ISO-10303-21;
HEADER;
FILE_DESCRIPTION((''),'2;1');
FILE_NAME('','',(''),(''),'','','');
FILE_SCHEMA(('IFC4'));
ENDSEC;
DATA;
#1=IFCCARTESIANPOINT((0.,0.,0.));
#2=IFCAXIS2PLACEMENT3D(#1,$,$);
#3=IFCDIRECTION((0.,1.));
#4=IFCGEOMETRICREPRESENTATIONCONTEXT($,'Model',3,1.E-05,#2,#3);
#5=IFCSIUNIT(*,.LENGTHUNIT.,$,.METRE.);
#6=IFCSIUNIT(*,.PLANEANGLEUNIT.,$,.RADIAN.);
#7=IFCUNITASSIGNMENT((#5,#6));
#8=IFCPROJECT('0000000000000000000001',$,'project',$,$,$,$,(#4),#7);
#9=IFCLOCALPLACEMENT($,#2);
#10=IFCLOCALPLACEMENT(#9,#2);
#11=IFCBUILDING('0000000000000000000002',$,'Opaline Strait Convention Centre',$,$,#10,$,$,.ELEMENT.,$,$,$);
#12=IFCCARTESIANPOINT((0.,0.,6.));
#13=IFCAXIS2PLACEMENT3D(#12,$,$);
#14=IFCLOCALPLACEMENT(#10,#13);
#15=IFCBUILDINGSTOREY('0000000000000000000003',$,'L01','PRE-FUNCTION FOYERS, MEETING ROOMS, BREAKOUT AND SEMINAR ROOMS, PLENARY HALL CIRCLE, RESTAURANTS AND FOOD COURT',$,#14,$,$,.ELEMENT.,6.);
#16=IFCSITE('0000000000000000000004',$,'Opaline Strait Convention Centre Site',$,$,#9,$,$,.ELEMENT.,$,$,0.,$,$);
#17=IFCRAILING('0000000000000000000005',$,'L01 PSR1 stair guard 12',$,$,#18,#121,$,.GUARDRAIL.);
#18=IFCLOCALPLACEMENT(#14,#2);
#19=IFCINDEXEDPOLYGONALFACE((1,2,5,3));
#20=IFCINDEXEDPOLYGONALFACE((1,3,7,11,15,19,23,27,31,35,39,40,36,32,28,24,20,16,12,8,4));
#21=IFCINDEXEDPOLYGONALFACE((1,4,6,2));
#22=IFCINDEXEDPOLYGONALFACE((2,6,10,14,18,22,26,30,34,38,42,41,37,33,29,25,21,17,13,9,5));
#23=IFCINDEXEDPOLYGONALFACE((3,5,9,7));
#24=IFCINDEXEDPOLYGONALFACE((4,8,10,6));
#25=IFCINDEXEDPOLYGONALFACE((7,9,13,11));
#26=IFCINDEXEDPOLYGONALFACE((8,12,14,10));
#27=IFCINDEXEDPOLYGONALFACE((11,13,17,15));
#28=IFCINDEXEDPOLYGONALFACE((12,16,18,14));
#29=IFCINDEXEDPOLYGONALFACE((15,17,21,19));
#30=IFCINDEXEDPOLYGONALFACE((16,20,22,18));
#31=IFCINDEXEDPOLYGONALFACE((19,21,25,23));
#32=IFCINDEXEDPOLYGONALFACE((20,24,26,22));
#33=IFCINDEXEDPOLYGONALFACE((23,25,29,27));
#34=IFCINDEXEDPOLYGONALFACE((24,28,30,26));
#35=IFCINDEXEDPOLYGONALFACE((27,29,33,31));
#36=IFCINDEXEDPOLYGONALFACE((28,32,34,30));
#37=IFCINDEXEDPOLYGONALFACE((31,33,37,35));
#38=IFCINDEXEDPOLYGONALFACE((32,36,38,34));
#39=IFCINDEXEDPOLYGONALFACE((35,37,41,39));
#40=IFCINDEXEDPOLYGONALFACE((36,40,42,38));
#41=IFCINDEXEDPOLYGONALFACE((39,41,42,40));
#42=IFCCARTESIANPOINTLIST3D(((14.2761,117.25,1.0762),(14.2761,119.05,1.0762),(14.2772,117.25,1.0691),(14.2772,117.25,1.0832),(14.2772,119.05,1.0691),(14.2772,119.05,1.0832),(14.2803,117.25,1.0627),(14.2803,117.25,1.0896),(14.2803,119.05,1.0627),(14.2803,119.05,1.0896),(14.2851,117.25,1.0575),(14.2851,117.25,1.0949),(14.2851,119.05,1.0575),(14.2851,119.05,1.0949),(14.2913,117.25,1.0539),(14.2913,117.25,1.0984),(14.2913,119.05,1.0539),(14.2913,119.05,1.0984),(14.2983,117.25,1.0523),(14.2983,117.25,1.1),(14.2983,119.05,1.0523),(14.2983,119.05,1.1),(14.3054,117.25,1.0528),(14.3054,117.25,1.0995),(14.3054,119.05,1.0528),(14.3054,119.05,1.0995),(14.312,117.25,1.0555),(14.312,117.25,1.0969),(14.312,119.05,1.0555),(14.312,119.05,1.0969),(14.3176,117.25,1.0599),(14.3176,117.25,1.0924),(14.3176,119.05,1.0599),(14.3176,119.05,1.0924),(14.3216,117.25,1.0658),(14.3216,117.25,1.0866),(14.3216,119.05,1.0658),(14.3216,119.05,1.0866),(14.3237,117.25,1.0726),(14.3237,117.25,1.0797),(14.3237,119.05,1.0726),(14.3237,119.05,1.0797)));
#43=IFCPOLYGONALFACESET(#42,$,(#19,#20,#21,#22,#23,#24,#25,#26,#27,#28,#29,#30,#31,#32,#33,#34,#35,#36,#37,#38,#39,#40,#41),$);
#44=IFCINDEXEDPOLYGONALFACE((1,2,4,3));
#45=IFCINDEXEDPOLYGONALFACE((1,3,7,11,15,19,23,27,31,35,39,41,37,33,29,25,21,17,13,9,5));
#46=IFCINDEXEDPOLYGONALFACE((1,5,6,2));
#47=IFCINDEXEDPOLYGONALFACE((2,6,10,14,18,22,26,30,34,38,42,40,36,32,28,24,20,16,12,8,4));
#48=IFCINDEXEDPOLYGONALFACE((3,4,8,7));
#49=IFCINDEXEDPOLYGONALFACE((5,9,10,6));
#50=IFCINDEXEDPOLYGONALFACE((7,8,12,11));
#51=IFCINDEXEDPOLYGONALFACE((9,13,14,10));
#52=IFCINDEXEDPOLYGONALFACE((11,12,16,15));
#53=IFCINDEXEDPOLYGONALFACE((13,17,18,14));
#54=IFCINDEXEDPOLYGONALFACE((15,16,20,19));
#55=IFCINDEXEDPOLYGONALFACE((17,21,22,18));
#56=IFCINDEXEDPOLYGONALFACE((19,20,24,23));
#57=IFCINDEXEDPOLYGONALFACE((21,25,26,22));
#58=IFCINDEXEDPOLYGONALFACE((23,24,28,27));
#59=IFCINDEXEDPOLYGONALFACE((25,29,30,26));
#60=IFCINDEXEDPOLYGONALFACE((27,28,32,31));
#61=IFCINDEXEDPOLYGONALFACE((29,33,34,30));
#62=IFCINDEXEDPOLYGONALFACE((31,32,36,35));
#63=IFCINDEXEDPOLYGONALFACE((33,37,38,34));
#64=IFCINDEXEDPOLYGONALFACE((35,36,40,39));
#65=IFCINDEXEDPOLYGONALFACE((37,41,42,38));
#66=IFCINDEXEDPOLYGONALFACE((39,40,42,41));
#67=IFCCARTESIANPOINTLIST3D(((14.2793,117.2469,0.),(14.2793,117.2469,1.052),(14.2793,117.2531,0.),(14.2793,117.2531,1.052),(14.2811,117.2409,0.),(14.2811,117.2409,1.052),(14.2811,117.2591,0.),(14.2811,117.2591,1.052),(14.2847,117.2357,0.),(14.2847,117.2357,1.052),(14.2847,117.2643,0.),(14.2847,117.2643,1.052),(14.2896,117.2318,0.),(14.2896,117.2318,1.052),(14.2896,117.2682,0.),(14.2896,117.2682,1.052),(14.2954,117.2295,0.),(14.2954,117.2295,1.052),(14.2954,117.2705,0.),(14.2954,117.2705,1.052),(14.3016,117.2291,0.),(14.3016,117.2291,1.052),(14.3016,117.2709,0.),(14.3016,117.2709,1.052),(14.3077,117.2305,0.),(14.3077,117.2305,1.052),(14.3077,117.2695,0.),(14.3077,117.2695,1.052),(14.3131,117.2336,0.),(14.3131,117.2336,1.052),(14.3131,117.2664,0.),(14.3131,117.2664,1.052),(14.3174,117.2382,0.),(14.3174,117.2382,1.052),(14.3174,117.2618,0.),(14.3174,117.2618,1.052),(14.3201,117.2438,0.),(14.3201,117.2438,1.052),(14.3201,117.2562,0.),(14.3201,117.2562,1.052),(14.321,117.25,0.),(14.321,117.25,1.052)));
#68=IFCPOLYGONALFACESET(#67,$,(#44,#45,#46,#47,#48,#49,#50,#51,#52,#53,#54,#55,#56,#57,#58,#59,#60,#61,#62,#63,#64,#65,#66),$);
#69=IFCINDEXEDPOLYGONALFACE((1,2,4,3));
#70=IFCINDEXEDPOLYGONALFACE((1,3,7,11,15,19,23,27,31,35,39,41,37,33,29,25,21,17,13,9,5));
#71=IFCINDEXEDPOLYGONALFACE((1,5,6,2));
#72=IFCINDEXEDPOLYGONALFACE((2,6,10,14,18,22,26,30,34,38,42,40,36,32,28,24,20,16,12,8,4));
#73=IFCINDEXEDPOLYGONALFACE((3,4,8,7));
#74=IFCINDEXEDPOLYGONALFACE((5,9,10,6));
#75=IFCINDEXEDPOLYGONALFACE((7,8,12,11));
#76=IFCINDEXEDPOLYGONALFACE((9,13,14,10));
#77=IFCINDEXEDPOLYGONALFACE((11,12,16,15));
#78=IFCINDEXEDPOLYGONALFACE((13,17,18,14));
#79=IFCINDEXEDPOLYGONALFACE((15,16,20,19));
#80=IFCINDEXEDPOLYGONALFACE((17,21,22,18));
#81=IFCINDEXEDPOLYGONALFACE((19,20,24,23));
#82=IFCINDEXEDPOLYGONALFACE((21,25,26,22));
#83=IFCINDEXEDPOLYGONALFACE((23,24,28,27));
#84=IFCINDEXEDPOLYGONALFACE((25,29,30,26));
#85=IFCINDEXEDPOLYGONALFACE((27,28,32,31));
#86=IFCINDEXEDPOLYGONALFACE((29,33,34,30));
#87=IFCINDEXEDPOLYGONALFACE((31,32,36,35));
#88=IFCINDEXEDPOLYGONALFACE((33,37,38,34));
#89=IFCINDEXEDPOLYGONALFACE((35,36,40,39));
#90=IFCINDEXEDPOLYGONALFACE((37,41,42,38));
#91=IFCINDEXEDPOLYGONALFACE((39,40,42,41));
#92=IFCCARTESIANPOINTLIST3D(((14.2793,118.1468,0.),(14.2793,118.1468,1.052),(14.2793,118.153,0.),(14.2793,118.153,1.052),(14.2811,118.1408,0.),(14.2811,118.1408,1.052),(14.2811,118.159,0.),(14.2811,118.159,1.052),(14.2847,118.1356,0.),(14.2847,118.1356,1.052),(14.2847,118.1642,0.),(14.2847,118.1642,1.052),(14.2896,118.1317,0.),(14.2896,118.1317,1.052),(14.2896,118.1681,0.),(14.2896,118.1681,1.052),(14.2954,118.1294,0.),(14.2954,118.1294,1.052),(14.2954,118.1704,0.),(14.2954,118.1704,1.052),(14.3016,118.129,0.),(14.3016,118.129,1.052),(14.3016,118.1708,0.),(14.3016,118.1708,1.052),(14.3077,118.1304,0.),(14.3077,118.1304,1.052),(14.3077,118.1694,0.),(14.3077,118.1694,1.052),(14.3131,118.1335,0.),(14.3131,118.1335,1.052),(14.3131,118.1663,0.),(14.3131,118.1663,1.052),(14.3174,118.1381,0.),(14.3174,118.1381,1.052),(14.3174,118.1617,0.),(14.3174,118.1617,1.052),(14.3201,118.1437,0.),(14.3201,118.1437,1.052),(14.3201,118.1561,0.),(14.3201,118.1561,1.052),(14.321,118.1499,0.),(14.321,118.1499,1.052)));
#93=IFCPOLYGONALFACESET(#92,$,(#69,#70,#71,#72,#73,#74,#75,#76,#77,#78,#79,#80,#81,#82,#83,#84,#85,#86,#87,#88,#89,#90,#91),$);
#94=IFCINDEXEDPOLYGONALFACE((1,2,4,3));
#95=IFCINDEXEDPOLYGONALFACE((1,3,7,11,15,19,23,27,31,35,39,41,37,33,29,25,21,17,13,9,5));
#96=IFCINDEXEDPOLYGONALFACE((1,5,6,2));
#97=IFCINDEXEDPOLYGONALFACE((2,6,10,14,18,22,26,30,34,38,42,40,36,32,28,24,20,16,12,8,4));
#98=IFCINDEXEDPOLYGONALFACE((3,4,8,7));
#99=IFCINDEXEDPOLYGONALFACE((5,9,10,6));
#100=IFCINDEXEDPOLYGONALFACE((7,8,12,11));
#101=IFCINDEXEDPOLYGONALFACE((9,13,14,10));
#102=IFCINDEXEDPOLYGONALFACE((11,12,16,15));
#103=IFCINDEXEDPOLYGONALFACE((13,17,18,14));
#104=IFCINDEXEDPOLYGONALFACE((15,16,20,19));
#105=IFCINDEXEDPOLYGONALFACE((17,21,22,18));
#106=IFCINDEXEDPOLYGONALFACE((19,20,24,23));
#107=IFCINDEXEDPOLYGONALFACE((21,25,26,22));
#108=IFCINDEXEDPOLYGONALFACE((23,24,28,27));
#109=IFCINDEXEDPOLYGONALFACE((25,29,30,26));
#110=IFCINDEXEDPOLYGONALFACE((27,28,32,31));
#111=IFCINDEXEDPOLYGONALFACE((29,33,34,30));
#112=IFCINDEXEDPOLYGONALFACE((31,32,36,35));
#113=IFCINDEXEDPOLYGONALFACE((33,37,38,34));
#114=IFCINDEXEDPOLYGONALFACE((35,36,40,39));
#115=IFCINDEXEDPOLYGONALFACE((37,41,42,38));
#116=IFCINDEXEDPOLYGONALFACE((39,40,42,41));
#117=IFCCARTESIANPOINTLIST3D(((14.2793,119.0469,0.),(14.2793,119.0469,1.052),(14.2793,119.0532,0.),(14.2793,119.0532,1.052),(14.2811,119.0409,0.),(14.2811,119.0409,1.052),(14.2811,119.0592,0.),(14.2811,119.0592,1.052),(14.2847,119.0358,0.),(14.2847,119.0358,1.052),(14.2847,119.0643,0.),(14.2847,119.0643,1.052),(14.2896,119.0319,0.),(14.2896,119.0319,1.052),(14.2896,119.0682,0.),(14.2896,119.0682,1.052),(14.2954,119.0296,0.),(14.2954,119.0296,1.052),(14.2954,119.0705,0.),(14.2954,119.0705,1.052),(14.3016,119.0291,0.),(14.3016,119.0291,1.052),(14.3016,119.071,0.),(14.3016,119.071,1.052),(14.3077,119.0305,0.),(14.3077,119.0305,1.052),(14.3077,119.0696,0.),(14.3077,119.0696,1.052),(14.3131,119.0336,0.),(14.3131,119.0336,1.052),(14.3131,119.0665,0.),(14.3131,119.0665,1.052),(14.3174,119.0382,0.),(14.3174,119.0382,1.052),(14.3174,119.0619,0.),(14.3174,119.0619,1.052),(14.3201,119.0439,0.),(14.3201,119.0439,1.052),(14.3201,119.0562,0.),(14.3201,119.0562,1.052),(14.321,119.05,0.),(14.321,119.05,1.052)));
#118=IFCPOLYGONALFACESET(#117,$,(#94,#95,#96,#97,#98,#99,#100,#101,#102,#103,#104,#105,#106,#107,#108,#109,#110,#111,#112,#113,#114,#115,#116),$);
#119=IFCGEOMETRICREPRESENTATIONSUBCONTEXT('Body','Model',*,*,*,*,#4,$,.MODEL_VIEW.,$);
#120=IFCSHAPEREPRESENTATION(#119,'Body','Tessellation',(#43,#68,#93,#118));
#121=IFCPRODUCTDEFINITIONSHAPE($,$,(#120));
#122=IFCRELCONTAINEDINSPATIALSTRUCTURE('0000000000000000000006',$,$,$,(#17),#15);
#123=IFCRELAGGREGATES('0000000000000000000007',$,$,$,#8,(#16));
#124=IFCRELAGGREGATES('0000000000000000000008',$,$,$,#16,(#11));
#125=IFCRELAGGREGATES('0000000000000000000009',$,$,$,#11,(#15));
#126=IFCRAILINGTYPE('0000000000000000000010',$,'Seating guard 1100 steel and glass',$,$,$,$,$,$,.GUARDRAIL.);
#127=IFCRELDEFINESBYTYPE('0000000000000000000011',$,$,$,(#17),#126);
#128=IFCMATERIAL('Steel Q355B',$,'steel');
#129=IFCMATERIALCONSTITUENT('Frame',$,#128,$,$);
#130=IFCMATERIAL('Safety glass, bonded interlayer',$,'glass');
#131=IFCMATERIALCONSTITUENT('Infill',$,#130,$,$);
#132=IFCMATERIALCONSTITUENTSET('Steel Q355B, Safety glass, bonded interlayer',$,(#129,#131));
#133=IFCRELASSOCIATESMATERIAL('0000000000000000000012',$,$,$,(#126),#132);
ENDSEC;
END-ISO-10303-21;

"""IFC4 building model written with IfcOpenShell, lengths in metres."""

from ifc_helpers import new_model, si_unit, direction, frame, origin, origin_2d, place, context, subcontext, project, spatial, circle, extrude, material, constituent, constituent_set, type_object, element, save


model = new_model("IFC4")

# Units and contexts
model_context = context("Model", 3, precision=1e-05, world=origin(), true_north=direction((0.0, 1.0)))
body_context = subcontext(model_context, "Body", "Model", "MODEL_VIEW")
ifc_project = project(units=[si_unit("LENGTHUNIT", "METRE"), si_unit("PLANEANGLEUNIT", "RADIAN")], contexts=[model_context])

# Site, building, storey
site_placement = place(None, origin())
site = spatial("IfcSite", under=ifc_project, at=site_placement, Name="Opaline Strait Convention Centre Site", CompositionType="ELEMENT", RefElevation=0.0)
building_placement = place(site_placement, origin())
building = spatial("IfcBuilding", under=site, at=building_placement, Name="Opaline Strait Convention Centre", CompositionType="ELEMENT")
storey_placement = place(building_placement, frame((0.0, 0.0, 6.0)))
storey = spatial("IfcBuildingStorey", under=building, at=storey_placement, Name="L01", Description="PRE-FUNCTION FOYERS, MEETING ROOMS, BREAKOUT AND SEMINAR ROOMS, PLENARY HALL CIRCLE, RESTAURANTS AND FOOD COURT", CompositionType="ELEMENT", Elevation=6.0)

# Railing
ifc_material_1 = material(Name="Steel Q355B", Category="steel")
ifc_constituent_1 = constituent(ifc_material_1, Name="Frame")
ifc_material_2 = material(Name="Safety glass, bonded interlayer", Category="glass")
ifc_constituent_2 = constituent(ifc_material_2, Name="Infill")
ifc_constituent_set = constituent_set(constituents=[ifc_constituent_1, ifc_constituent_2], Name="Steel Q355B, Safety glass, bonded interlayer")
railing_type_1 = type_object("IfcRailingType", Name="Seating guard 1100 steel and glass", PredefinedType="GUARDRAIL", material=ifc_constituent_set)
railing_1_placement = place(storey_placement, frame((14.3, 117.25, 0.0)))
element("IfcRailing", 1, at=railing_1_placement, inside=storey, type_object=railing_type_1, Name="L01 PSR1 stair guard 12", PredefinedType="GUARDRAIL", context=body_context, shape_type="SweptSolid", body=[
    extrude(circle(Radius=0.0239, at=origin_2d()), frame((0.0, 0.0, 1.0762), z_axis=(0.0, 1.0, 0.0), x_axis=(-1.0, 0.0, 0.0)), (0.0, 0.0, 1.0), 1.8),
    extrude(circle(Radius=0.021, at=origin_2d()), origin(), (0.0, 0.0, 1.0), 1.052),
    extrude(circle(Radius=0.021, at=origin_2d()), frame((0.0, 0.8999, 0.0)), (0.0, 0.0, 1.0), 1.052),
    extrude(circle(Radius=0.021, at=origin_2d()), frame((0.0, 1.8, 0.0)), (0.0, 0.0, 1.0), 1.052),
])

save(model, "model.ifc")
